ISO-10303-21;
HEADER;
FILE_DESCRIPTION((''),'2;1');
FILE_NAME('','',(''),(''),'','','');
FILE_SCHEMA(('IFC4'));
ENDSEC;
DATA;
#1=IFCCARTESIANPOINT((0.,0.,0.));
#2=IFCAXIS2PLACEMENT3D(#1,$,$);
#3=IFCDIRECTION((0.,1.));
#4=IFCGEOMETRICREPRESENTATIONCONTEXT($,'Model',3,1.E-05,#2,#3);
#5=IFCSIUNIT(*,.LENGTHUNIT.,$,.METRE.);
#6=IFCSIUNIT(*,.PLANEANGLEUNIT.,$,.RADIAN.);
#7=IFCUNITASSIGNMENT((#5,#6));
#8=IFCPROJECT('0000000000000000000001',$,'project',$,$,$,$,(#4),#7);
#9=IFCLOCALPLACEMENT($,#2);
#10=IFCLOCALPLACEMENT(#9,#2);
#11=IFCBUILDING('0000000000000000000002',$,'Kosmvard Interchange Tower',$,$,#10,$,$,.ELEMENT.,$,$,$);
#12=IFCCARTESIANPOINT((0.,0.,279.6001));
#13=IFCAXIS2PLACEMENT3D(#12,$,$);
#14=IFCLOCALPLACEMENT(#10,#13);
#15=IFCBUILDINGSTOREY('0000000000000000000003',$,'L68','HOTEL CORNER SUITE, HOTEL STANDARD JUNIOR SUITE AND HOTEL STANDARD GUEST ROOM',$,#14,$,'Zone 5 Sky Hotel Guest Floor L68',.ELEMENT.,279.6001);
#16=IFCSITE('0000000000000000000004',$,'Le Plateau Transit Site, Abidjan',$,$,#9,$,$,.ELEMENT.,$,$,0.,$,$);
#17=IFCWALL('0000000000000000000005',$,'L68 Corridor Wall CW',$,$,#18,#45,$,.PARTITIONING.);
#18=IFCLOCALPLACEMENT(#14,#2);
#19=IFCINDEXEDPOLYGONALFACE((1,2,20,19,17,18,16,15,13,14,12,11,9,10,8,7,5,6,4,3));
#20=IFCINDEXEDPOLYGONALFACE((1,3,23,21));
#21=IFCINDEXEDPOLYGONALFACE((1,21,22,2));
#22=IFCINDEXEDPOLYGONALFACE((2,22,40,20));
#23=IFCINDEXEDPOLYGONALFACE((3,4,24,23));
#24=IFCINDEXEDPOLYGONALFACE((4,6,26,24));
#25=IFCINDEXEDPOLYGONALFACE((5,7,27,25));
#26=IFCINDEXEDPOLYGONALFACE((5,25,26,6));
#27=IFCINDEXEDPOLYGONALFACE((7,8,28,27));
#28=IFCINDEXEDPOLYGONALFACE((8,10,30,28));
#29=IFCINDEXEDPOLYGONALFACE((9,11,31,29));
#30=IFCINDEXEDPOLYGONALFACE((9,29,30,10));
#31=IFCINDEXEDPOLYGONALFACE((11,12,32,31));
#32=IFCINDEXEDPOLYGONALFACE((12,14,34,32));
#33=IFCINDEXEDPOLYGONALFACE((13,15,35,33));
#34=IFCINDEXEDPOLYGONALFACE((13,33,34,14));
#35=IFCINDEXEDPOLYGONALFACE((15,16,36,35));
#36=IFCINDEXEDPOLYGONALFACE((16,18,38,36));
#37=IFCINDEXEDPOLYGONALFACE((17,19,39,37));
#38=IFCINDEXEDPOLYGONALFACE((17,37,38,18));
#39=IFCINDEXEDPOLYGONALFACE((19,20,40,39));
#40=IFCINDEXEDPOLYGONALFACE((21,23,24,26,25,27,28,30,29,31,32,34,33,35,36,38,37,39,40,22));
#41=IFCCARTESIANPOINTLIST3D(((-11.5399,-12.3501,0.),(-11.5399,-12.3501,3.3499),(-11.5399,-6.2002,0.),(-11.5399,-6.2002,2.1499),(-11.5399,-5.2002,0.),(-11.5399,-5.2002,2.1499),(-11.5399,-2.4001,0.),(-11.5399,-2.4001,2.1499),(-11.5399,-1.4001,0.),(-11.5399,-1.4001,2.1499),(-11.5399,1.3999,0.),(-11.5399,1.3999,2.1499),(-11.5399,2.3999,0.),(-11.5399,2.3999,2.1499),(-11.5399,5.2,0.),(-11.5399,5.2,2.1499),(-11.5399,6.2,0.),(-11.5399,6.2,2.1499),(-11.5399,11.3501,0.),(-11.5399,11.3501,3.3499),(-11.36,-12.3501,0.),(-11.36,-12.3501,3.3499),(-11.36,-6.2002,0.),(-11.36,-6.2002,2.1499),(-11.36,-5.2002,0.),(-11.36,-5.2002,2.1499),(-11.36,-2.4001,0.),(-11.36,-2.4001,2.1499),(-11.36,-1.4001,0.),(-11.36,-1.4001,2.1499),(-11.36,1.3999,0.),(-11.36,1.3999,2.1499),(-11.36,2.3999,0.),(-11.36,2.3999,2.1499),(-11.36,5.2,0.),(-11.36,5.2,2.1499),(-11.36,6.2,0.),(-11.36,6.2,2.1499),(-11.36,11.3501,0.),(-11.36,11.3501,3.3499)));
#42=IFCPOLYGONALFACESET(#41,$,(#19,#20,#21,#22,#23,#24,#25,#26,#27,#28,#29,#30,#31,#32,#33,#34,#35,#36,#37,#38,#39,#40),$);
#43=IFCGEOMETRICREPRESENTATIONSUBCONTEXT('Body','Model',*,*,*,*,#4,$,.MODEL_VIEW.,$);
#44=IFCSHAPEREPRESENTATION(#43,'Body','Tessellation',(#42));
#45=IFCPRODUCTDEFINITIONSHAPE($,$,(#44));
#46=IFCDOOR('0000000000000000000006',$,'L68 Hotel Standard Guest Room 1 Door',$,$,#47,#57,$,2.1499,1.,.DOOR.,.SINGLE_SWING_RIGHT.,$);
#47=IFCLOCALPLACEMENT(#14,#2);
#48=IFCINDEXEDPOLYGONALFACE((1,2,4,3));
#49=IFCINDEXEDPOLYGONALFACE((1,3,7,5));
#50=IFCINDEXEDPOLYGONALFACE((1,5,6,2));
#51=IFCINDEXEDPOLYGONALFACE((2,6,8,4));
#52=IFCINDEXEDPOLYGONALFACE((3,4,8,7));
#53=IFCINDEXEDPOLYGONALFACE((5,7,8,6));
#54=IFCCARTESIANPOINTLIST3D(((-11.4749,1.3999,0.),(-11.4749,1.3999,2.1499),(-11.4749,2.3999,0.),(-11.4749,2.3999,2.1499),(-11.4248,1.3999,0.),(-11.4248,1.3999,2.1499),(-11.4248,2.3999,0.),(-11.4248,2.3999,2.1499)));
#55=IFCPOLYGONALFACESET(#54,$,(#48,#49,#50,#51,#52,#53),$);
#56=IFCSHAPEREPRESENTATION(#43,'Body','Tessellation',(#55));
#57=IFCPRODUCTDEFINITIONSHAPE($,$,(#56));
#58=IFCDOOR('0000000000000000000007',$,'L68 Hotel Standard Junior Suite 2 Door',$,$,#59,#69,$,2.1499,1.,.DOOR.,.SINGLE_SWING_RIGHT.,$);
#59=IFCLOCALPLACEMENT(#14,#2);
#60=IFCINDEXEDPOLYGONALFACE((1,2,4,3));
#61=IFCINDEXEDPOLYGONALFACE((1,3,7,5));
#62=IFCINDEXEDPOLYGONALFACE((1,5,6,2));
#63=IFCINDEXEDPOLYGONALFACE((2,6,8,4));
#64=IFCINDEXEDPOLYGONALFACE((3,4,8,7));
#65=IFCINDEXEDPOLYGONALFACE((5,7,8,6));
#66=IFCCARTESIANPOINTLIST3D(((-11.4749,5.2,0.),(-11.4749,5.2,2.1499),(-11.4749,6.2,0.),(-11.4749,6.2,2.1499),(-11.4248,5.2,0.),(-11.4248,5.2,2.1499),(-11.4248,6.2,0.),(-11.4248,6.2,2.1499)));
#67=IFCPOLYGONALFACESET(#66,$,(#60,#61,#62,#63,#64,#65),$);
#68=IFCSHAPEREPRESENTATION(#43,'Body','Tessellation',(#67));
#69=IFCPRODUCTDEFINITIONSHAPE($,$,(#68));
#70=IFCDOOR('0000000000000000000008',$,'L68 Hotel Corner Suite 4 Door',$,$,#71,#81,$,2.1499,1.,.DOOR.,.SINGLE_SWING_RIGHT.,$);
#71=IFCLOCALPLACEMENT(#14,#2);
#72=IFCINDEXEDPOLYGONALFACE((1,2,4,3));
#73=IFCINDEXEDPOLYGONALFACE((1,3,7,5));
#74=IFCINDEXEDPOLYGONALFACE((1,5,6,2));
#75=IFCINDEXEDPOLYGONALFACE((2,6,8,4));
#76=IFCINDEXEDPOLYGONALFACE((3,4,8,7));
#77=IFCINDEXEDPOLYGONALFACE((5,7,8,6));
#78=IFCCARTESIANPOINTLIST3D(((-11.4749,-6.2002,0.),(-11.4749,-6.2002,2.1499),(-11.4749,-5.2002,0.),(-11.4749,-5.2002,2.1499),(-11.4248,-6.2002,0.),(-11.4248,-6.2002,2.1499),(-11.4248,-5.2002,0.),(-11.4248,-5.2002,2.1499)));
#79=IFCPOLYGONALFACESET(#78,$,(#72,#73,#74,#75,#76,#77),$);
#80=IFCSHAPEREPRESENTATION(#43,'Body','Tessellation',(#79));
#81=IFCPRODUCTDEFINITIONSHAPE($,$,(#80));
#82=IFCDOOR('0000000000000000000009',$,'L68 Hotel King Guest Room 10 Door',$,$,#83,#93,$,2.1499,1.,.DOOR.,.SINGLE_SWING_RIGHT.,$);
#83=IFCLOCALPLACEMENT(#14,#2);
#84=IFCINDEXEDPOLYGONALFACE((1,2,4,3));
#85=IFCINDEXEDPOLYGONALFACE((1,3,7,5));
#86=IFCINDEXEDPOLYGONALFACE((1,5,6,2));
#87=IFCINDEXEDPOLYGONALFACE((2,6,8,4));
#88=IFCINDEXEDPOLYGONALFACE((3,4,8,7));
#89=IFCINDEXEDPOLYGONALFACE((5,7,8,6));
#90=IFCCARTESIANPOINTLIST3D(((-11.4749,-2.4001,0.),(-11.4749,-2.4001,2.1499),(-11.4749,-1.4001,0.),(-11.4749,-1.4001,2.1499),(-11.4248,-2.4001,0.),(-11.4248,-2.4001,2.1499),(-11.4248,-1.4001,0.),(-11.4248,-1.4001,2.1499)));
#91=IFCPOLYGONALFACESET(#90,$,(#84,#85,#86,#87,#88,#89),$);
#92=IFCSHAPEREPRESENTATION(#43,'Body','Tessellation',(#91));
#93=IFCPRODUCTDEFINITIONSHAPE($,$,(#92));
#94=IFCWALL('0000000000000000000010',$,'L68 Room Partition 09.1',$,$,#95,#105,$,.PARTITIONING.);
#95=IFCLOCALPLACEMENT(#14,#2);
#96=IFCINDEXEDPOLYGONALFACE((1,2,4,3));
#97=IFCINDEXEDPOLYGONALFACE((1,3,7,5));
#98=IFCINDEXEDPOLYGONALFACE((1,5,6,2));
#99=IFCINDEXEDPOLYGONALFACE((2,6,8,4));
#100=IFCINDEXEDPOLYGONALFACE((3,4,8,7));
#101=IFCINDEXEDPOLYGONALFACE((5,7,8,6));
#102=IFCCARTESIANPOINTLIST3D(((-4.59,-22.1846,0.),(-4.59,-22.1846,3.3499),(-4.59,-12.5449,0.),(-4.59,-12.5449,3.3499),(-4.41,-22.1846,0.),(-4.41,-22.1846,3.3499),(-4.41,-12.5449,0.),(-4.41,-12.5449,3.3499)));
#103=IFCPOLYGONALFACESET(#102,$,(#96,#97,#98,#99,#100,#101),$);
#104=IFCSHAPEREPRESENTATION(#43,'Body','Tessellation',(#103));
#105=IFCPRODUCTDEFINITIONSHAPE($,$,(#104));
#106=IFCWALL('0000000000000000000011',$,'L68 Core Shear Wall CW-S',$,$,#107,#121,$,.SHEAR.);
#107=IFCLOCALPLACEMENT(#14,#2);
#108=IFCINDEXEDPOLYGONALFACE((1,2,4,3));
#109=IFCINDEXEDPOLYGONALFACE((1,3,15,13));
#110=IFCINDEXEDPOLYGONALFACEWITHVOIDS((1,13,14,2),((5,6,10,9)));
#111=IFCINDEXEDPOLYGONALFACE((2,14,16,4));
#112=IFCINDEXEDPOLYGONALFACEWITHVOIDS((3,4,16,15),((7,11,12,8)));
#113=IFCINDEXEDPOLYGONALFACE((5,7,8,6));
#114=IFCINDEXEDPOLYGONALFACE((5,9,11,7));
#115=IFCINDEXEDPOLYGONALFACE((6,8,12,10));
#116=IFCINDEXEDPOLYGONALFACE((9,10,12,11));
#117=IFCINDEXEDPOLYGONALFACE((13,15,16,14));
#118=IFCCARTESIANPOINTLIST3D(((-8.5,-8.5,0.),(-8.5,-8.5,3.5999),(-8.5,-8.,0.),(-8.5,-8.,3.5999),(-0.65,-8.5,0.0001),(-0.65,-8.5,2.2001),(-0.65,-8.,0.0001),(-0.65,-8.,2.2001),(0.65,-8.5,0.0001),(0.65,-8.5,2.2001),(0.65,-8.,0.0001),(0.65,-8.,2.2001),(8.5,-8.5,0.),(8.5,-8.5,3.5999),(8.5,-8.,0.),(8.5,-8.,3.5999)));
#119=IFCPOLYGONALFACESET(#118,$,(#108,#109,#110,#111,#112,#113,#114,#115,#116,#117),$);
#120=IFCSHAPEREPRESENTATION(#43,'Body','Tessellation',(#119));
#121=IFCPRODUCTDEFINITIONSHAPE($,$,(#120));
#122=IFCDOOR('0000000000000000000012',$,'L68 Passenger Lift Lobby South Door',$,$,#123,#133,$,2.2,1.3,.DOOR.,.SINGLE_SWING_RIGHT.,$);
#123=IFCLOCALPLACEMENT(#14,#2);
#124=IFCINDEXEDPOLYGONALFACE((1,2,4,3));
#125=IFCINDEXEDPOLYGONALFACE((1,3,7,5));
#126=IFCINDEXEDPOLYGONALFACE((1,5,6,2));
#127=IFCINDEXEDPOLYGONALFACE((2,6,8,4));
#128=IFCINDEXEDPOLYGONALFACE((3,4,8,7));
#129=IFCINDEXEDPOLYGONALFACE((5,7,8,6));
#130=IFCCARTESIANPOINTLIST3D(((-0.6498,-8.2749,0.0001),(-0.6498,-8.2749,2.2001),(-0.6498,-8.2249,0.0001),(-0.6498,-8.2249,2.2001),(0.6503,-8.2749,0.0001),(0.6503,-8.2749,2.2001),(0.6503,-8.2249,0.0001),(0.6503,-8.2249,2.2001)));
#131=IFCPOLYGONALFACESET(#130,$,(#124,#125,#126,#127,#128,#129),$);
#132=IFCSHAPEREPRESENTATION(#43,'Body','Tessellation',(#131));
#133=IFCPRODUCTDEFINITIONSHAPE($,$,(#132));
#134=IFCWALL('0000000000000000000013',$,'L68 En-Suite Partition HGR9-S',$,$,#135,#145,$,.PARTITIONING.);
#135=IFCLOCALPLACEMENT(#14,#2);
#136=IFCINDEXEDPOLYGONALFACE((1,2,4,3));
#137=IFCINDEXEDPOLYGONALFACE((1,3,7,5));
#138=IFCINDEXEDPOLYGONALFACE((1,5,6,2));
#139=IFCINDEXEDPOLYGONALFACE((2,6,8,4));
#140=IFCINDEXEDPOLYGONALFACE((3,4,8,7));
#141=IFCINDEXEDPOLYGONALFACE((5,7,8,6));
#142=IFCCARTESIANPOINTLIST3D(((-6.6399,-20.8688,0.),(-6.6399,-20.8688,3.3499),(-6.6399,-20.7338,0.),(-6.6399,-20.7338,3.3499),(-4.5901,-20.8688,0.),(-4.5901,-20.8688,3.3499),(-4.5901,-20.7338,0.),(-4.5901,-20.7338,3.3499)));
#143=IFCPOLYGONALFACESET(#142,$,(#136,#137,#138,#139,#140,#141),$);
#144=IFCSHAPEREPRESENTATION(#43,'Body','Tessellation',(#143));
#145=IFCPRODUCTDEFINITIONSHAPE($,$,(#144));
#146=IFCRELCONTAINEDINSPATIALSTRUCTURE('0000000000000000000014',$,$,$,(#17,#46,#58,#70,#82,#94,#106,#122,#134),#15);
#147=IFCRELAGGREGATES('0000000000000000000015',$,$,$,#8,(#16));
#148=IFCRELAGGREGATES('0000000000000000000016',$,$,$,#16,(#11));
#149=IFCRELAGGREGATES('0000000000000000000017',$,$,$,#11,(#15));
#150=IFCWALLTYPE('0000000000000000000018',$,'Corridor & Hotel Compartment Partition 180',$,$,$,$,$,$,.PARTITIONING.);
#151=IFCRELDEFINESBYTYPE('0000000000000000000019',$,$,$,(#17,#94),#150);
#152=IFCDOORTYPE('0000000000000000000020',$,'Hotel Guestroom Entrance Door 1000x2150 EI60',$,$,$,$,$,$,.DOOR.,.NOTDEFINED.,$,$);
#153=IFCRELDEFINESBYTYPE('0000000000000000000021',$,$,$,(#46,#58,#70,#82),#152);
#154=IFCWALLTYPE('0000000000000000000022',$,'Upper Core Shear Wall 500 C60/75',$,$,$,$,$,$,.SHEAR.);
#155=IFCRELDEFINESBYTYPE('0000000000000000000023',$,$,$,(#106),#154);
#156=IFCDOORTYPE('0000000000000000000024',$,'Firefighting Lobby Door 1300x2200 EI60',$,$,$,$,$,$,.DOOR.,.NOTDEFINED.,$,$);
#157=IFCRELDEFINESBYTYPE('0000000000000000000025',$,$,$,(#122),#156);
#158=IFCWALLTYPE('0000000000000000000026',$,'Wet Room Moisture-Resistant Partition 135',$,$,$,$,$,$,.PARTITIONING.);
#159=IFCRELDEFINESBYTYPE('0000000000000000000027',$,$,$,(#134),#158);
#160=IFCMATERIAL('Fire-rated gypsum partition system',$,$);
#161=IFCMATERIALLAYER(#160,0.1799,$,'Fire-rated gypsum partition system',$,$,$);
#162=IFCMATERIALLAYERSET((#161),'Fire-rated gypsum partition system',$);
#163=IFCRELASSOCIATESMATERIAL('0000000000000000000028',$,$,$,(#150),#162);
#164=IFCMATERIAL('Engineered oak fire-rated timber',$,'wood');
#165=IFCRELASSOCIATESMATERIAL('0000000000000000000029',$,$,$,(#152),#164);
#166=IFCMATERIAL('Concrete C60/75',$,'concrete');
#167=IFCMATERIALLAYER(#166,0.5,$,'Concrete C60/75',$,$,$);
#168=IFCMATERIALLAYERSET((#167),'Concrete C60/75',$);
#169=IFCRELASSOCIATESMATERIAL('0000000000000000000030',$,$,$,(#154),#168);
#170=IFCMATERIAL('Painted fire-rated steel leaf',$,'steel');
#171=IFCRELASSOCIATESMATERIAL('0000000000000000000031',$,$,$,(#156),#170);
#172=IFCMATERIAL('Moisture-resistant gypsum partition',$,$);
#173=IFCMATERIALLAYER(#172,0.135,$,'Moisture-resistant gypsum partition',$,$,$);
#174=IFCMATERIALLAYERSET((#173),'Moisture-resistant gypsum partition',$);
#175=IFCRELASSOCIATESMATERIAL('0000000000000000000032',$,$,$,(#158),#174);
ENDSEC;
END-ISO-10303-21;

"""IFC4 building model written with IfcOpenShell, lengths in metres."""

from ifc_helpers import new_model, si_unit, direction, frame, frame_2d, origin, place, context, subcontext, project, spatial, rectangle, extrude, source, transform, mapped, material, layer, layer_set, type_object, element, fill, save


model = new_model("IFC4")

# Units and contexts
model_context = context("Model", 3, precision=1e-05, world=origin(), true_north=direction((0.0, 1.0)))
body_context = subcontext(model_context, "Body", "Model", "MODEL_VIEW")
ifc_project = project(units=[si_unit("LENGTHUNIT", "METRE"), si_unit("PLANEANGLEUNIT", "RADIAN")], contexts=[model_context])

# Site, building, storey
site_placement = place(None, origin())
site = spatial("IfcSite", under=ifc_project, at=site_placement, Name="Le Plateau Transit Site, Abidjan", CompositionType="ELEMENT", RefElevation=0.0)
building_placement = place(site_placement, origin())
building = spatial("IfcBuilding", under=site, at=building_placement, Name="Kosmvard Interchange Tower", CompositionType="ELEMENT")
storey_placement = place(building_placement, frame((0.0, 0.0, 279.6001)))
storey = spatial("IfcBuildingStorey", under=building, at=storey_placement, Name="L68", Description="HOTEL CORNER SUITE, HOTEL STANDARD JUNIOR SUITE AND HOTEL STANDARD GUEST ROOM", LongName="Zone 5 Sky Hotel Guest Floor L68", CompositionType="ELEMENT", Elevation=279.6001)

# Wall, openings, doors
ifc_material_1 = material(Name="Fire-rated gypsum partition system")
ifc_layer_1 = layer(ifc_material_1, 0.1799, Name="Fire-rated gypsum partition system")
ifc_layer_set_1 = layer_set([ifc_layer_1], Name="Fire-rated gypsum partition system")
wall_type_1 = type_object("IfcWallType", Name="Corridor & Hotel Compartment Partition 180", PredefinedType="PARTITIONING", material=ifc_layer_set_1)
ifc_material_2 = material(Name="Engineered oak fire-rated timber", Category="wood")
door_type_1 = type_object("IfcDoorType", Name="Hotel Guestroom Entrance Door 1000x2150 EI60", OperationType="NOTDEFINED", PredefinedType="DOOR", material=ifc_material_2)
shared_shape_1 = source(origin(), body_context, "Body", "SweptSolid", [
    extrude(rectangle(XDim=1.0, YDim=2.1499, at=frame_2d((0.5, 1.075))), frame((0.0, 0.0249, 0.0), z_axis=(0.0, -1.0, 0.0), x_axis=(1.0, 0.0, 0.0)), (0.0, 0.0, 1.0), 0.05),
])
wall_1_placement = place(storey_placement, frame((-11.45, -12.3501, 0.0), z_axis=(0.0, 0.0, 1.0), x_axis=(0.0, 1.0, 0.0)))
wall_1 = element("IfcWall", 1, at=wall_1_placement, inside=storey, type_object=wall_type_1, Name="L68 Corridor Wall CW", PredefinedType="PARTITIONING", context=body_context, shape_type="SweptSolid", body=[
    extrude(rectangle(XDim=23.7002, YDim=0.1799, at=frame_2d((11.8501, 0.0))), origin(), (0.0, 0.0, 1.0), 3.3499),
])
opening_1_placement = place(wall_1_placement, frame((13.75, 0.0, 0.0)))
opening_1 = element("IfcOpeningElement", 2, at=opening_1_placement, cuts=wall_1, PredefinedType="OPENING", context=body_context, shape_type="SweptSolid", body=[
    extrude(rectangle(XDim=1.0, YDim=2.1499, at=frame_2d((0.5, 1.075))), frame((0.0, 0.1001, 0.0), z_axis=(0.0, -1.0, 0.0), x_axis=(1.0, 0.0, 0.0)), (0.0, 0.0, 1.0), 0.2),
])
opening_2_placement = place(wall_1_placement, frame((17.55, 0.0, 0.0)))
opening_2 = element("IfcOpeningElement", 3, at=opening_2_placement, cuts=wall_1, PredefinedType="OPENING", context=body_context, shape_type="SweptSolid", body=[
    extrude(rectangle(XDim=1.0, YDim=2.1499, at=frame_2d((0.5, 1.075))), frame((0.0, 0.1001, 0.0), z_axis=(0.0, -1.0, 0.0), x_axis=(1.0, 0.0, 0.0)), (0.0, 0.0, 1.0), 0.2),
])
opening_3_placement = place(wall_1_placement, frame((6.1499, 0.0, 0.0)))
opening_3 = element("IfcOpeningElement", 4, at=opening_3_placement, cuts=wall_1, PredefinedType="OPENING", context=body_context, shape_type="SweptSolid", body=[
    extrude(rectangle(XDim=1.0, YDim=2.1499, at=frame_2d((0.5, 1.075))), frame((0.0, 0.1001, 0.0), z_axis=(0.0, -1.0, 0.0), x_axis=(1.0, 0.0, 0.0)), (0.0, 0.0, 1.0), 0.2),
])
opening_4_placement = place(wall_1_placement, frame((9.95, 0.0, 0.0)))
opening_4 = element("IfcOpeningElement", 5, at=opening_4_placement, cuts=wall_1, PredefinedType="OPENING", context=body_context, shape_type="SweptSolid", body=[
    extrude(rectangle(XDim=1.0, YDim=2.1499, at=frame_2d((0.5, 1.075))), frame((0.0, 0.1001, 0.0), z_axis=(0.0, -1.0, 0.0), x_axis=(1.0, 0.0, 0.0)), (0.0, 0.0, 1.0), 0.2),
])
door_1_placement = place(opening_1_placement, origin())
door_1 = element("IfcDoor", 6, at=door_1_placement, inside=storey, type_object=door_type_1, Name="L68 Hotel Standard Guest Room 1 Door", OperationType="SINGLE_SWING_RIGHT", OverallHeight=2.1499, OverallWidth=1.0, PredefinedType="DOOR", context=body_context, shape_type="MappedRepresentation", body=[
    mapped(shared_shape_1, transform((0.0, 0.0, 0.0), scale=1.0)),
])
fill(opening_1, door_1)
door_2_placement = place(opening_2_placement, origin())
door_2 = element("IfcDoor", 7, at=door_2_placement, inside=storey, type_object=door_type_1, Name="L68 Hotel Standard Junior Suite 2 Door", OperationType="SINGLE_SWING_RIGHT", OverallHeight=2.1499, OverallWidth=1.0, PredefinedType="DOOR", context=body_context, shape_type="MappedRepresentation", body=[
    mapped(shared_shape_1, transform((0.0, 0.0, 0.0), scale=1.0)),
])
fill(opening_2, door_2)
door_3_placement = place(opening_3_placement, origin())
door_3 = element("IfcDoor", 8, at=door_3_placement, inside=storey, type_object=door_type_1, Name="L68 Hotel Corner Suite 4 Door", OperationType="SINGLE_SWING_RIGHT", OverallHeight=2.1499, OverallWidth=1.0, PredefinedType="DOOR", context=body_context, shape_type="MappedRepresentation", body=[
    mapped(shared_shape_1, transform((0.0, 0.0, 0.0), scale=1.0)),
])
fill(opening_3, door_3)
door_4_placement = place(opening_4_placement, origin())
door_4 = element("IfcDoor", 9, at=door_4_placement, inside=storey, type_object=door_type_1, Name="L68 Hotel King Guest Room 10 Door", OperationType="SINGLE_SWING_RIGHT", OverallHeight=2.1499, OverallWidth=1.0, PredefinedType="DOOR", context=body_context, shape_type="MappedRepresentation", body=[
    mapped(shared_shape_1, transform((0.0, 0.0, 0.0), scale=1.0)),
])
fill(opening_4, door_4)

# Wall
wall_2_placement = place(storey_placement, frame((-4.5, -12.5449, 0.0), z_axis=(0.0, 0.0, 1.0), x_axis=(0.0, -1.0, 0.0)))
element("IfcWall", 10, at=wall_2_placement, inside=storey, type_object=wall_type_1, Name="L68 Room Partition 09.1", PredefinedType="PARTITIONING", context=body_context, shape_type="SweptSolid", body=[
    extrude(rectangle(XDim=9.6396, YDim=0.1799, at=frame_2d((4.8198, 0.0))), origin(), (0.0, 0.0, 1.0), 3.3499),
])

# Wall, opening, door
ifc_material_3 = material(Name="Concrete C60/75", Category="concrete")
ifc_layer_2 = layer(ifc_material_3, 0.5, Name="Concrete C60/75")
ifc_layer_set_2 = layer_set([ifc_layer_2], Name="Concrete C60/75")
wall_type_2 = type_object("IfcWallType", Name="Upper Core Shear Wall 500 C60/75", PredefinedType="SHEAR", material=ifc_layer_set_2)
wall_3_placement = place(storey_placement, frame((-8.5, -8.25, 0.0), z_axis=(0.0, 0.0, 1.0), x_axis=(1.0, 0.0, 0.0)))
wall_3 = element("IfcWall", 11, at=wall_3_placement, inside=storey, type_object=wall_type_2, Name="L68 Core Shear Wall CW-S", PredefinedType="SHEAR", context=body_context, shape_type="SweptSolid", body=[
    extrude(rectangle(XDim=17.0, YDim=0.5, at=frame_2d((8.5, 0.0))), origin(), (0.0, 0.0, 1.0), 3.5999),
])
opening_5_placement = place(wall_3_placement, frame((7.8501, 0.0, 0.0)))
opening_5 = element("IfcOpeningElement", 12, at=opening_5_placement, cuts=wall_3, PredefinedType="OPENING", context=body_context, shape_type="SweptSolid", body=[
    extrude(rectangle(XDim=1.3, YDim=2.2, at=frame_2d((0.6499, 1.1001))), frame((0.0, 0.26, 0.0), z_axis=(0.0, -1.0, 0.0), x_axis=(1.0, 0.0, 0.0)), (0.0, 0.0, 1.0), 0.52),
])
ifc_material_4 = material(Name="Painted fire-rated steel leaf", Category="steel")
door_type_2 = type_object("IfcDoorType", Name="Firefighting Lobby Door 1300x2200 EI60", OperationType="NOTDEFINED", PredefinedType="DOOR", material=ifc_material_4)
shared_shape_2 = source(origin(), body_context, "Body", "SweptSolid", [
    extrude(rectangle(XDim=1.3, YDim=2.2, at=frame_2d((0.6499, 1.1001))), frame((0.0, 0.0249, 0.0), z_axis=(0.0, -1.0, 0.0), x_axis=(1.0, 0.0, 0.0)), (0.0, 0.0, 1.0), 0.05),
])
door_5_placement = place(opening_5_placement, frame((1.3, 0.0, 0.0), z_axis=(0.0, 0.0, 1.0), x_axis=(-1.0, 0.0, 0.0)))
door_5 = element("IfcDoor", 13, at=door_5_placement, inside=storey, type_object=door_type_2, Name="L68 Passenger Lift Lobby South Door", OperationType="SINGLE_SWING_RIGHT", OverallHeight=2.2, OverallWidth=1.3, PredefinedType="DOOR", context=body_context, shape_type="MappedRepresentation", body=[
    mapped(shared_shape_2, transform((0.0, 0.0, 0.0), scale=1.0)),
])
fill(opening_5, door_5)

# Wall
ifc_material_5 = material(Name="Moisture-resistant gypsum partition")
ifc_layer_3 = layer(ifc_material_5, 0.135, Name="Moisture-resistant gypsum partition")
ifc_layer_set_3 = layer_set([ifc_layer_3], Name="Moisture-resistant gypsum partition")
wall_type_3 = type_object("IfcWallType", Name="Wet Room Moisture-Resistant Partition 135", PredefinedType="PARTITIONING", material=ifc_layer_set_3)
wall_4_placement = place(storey_placement, frame((-6.6399, -20.8013, 0.0), z_axis=(0.0, 0.0, 1.0), x_axis=(1.0, 0.0, 0.0)))
element("IfcWall", 14, at=wall_4_placement, inside=storey, type_object=wall_type_3, Name="L68 En-Suite Partition HGR9-S", PredefinedType="PARTITIONING", context=body_context, shape_type="SweptSolid", body=[
    extrude(rectangle(XDim=2.0498, YDim=0.135, at=frame_2d((1.0249, 0.0))), origin(), (0.0, 0.0, 1.0), 3.3499),
])

save(model, "model.ifc")
